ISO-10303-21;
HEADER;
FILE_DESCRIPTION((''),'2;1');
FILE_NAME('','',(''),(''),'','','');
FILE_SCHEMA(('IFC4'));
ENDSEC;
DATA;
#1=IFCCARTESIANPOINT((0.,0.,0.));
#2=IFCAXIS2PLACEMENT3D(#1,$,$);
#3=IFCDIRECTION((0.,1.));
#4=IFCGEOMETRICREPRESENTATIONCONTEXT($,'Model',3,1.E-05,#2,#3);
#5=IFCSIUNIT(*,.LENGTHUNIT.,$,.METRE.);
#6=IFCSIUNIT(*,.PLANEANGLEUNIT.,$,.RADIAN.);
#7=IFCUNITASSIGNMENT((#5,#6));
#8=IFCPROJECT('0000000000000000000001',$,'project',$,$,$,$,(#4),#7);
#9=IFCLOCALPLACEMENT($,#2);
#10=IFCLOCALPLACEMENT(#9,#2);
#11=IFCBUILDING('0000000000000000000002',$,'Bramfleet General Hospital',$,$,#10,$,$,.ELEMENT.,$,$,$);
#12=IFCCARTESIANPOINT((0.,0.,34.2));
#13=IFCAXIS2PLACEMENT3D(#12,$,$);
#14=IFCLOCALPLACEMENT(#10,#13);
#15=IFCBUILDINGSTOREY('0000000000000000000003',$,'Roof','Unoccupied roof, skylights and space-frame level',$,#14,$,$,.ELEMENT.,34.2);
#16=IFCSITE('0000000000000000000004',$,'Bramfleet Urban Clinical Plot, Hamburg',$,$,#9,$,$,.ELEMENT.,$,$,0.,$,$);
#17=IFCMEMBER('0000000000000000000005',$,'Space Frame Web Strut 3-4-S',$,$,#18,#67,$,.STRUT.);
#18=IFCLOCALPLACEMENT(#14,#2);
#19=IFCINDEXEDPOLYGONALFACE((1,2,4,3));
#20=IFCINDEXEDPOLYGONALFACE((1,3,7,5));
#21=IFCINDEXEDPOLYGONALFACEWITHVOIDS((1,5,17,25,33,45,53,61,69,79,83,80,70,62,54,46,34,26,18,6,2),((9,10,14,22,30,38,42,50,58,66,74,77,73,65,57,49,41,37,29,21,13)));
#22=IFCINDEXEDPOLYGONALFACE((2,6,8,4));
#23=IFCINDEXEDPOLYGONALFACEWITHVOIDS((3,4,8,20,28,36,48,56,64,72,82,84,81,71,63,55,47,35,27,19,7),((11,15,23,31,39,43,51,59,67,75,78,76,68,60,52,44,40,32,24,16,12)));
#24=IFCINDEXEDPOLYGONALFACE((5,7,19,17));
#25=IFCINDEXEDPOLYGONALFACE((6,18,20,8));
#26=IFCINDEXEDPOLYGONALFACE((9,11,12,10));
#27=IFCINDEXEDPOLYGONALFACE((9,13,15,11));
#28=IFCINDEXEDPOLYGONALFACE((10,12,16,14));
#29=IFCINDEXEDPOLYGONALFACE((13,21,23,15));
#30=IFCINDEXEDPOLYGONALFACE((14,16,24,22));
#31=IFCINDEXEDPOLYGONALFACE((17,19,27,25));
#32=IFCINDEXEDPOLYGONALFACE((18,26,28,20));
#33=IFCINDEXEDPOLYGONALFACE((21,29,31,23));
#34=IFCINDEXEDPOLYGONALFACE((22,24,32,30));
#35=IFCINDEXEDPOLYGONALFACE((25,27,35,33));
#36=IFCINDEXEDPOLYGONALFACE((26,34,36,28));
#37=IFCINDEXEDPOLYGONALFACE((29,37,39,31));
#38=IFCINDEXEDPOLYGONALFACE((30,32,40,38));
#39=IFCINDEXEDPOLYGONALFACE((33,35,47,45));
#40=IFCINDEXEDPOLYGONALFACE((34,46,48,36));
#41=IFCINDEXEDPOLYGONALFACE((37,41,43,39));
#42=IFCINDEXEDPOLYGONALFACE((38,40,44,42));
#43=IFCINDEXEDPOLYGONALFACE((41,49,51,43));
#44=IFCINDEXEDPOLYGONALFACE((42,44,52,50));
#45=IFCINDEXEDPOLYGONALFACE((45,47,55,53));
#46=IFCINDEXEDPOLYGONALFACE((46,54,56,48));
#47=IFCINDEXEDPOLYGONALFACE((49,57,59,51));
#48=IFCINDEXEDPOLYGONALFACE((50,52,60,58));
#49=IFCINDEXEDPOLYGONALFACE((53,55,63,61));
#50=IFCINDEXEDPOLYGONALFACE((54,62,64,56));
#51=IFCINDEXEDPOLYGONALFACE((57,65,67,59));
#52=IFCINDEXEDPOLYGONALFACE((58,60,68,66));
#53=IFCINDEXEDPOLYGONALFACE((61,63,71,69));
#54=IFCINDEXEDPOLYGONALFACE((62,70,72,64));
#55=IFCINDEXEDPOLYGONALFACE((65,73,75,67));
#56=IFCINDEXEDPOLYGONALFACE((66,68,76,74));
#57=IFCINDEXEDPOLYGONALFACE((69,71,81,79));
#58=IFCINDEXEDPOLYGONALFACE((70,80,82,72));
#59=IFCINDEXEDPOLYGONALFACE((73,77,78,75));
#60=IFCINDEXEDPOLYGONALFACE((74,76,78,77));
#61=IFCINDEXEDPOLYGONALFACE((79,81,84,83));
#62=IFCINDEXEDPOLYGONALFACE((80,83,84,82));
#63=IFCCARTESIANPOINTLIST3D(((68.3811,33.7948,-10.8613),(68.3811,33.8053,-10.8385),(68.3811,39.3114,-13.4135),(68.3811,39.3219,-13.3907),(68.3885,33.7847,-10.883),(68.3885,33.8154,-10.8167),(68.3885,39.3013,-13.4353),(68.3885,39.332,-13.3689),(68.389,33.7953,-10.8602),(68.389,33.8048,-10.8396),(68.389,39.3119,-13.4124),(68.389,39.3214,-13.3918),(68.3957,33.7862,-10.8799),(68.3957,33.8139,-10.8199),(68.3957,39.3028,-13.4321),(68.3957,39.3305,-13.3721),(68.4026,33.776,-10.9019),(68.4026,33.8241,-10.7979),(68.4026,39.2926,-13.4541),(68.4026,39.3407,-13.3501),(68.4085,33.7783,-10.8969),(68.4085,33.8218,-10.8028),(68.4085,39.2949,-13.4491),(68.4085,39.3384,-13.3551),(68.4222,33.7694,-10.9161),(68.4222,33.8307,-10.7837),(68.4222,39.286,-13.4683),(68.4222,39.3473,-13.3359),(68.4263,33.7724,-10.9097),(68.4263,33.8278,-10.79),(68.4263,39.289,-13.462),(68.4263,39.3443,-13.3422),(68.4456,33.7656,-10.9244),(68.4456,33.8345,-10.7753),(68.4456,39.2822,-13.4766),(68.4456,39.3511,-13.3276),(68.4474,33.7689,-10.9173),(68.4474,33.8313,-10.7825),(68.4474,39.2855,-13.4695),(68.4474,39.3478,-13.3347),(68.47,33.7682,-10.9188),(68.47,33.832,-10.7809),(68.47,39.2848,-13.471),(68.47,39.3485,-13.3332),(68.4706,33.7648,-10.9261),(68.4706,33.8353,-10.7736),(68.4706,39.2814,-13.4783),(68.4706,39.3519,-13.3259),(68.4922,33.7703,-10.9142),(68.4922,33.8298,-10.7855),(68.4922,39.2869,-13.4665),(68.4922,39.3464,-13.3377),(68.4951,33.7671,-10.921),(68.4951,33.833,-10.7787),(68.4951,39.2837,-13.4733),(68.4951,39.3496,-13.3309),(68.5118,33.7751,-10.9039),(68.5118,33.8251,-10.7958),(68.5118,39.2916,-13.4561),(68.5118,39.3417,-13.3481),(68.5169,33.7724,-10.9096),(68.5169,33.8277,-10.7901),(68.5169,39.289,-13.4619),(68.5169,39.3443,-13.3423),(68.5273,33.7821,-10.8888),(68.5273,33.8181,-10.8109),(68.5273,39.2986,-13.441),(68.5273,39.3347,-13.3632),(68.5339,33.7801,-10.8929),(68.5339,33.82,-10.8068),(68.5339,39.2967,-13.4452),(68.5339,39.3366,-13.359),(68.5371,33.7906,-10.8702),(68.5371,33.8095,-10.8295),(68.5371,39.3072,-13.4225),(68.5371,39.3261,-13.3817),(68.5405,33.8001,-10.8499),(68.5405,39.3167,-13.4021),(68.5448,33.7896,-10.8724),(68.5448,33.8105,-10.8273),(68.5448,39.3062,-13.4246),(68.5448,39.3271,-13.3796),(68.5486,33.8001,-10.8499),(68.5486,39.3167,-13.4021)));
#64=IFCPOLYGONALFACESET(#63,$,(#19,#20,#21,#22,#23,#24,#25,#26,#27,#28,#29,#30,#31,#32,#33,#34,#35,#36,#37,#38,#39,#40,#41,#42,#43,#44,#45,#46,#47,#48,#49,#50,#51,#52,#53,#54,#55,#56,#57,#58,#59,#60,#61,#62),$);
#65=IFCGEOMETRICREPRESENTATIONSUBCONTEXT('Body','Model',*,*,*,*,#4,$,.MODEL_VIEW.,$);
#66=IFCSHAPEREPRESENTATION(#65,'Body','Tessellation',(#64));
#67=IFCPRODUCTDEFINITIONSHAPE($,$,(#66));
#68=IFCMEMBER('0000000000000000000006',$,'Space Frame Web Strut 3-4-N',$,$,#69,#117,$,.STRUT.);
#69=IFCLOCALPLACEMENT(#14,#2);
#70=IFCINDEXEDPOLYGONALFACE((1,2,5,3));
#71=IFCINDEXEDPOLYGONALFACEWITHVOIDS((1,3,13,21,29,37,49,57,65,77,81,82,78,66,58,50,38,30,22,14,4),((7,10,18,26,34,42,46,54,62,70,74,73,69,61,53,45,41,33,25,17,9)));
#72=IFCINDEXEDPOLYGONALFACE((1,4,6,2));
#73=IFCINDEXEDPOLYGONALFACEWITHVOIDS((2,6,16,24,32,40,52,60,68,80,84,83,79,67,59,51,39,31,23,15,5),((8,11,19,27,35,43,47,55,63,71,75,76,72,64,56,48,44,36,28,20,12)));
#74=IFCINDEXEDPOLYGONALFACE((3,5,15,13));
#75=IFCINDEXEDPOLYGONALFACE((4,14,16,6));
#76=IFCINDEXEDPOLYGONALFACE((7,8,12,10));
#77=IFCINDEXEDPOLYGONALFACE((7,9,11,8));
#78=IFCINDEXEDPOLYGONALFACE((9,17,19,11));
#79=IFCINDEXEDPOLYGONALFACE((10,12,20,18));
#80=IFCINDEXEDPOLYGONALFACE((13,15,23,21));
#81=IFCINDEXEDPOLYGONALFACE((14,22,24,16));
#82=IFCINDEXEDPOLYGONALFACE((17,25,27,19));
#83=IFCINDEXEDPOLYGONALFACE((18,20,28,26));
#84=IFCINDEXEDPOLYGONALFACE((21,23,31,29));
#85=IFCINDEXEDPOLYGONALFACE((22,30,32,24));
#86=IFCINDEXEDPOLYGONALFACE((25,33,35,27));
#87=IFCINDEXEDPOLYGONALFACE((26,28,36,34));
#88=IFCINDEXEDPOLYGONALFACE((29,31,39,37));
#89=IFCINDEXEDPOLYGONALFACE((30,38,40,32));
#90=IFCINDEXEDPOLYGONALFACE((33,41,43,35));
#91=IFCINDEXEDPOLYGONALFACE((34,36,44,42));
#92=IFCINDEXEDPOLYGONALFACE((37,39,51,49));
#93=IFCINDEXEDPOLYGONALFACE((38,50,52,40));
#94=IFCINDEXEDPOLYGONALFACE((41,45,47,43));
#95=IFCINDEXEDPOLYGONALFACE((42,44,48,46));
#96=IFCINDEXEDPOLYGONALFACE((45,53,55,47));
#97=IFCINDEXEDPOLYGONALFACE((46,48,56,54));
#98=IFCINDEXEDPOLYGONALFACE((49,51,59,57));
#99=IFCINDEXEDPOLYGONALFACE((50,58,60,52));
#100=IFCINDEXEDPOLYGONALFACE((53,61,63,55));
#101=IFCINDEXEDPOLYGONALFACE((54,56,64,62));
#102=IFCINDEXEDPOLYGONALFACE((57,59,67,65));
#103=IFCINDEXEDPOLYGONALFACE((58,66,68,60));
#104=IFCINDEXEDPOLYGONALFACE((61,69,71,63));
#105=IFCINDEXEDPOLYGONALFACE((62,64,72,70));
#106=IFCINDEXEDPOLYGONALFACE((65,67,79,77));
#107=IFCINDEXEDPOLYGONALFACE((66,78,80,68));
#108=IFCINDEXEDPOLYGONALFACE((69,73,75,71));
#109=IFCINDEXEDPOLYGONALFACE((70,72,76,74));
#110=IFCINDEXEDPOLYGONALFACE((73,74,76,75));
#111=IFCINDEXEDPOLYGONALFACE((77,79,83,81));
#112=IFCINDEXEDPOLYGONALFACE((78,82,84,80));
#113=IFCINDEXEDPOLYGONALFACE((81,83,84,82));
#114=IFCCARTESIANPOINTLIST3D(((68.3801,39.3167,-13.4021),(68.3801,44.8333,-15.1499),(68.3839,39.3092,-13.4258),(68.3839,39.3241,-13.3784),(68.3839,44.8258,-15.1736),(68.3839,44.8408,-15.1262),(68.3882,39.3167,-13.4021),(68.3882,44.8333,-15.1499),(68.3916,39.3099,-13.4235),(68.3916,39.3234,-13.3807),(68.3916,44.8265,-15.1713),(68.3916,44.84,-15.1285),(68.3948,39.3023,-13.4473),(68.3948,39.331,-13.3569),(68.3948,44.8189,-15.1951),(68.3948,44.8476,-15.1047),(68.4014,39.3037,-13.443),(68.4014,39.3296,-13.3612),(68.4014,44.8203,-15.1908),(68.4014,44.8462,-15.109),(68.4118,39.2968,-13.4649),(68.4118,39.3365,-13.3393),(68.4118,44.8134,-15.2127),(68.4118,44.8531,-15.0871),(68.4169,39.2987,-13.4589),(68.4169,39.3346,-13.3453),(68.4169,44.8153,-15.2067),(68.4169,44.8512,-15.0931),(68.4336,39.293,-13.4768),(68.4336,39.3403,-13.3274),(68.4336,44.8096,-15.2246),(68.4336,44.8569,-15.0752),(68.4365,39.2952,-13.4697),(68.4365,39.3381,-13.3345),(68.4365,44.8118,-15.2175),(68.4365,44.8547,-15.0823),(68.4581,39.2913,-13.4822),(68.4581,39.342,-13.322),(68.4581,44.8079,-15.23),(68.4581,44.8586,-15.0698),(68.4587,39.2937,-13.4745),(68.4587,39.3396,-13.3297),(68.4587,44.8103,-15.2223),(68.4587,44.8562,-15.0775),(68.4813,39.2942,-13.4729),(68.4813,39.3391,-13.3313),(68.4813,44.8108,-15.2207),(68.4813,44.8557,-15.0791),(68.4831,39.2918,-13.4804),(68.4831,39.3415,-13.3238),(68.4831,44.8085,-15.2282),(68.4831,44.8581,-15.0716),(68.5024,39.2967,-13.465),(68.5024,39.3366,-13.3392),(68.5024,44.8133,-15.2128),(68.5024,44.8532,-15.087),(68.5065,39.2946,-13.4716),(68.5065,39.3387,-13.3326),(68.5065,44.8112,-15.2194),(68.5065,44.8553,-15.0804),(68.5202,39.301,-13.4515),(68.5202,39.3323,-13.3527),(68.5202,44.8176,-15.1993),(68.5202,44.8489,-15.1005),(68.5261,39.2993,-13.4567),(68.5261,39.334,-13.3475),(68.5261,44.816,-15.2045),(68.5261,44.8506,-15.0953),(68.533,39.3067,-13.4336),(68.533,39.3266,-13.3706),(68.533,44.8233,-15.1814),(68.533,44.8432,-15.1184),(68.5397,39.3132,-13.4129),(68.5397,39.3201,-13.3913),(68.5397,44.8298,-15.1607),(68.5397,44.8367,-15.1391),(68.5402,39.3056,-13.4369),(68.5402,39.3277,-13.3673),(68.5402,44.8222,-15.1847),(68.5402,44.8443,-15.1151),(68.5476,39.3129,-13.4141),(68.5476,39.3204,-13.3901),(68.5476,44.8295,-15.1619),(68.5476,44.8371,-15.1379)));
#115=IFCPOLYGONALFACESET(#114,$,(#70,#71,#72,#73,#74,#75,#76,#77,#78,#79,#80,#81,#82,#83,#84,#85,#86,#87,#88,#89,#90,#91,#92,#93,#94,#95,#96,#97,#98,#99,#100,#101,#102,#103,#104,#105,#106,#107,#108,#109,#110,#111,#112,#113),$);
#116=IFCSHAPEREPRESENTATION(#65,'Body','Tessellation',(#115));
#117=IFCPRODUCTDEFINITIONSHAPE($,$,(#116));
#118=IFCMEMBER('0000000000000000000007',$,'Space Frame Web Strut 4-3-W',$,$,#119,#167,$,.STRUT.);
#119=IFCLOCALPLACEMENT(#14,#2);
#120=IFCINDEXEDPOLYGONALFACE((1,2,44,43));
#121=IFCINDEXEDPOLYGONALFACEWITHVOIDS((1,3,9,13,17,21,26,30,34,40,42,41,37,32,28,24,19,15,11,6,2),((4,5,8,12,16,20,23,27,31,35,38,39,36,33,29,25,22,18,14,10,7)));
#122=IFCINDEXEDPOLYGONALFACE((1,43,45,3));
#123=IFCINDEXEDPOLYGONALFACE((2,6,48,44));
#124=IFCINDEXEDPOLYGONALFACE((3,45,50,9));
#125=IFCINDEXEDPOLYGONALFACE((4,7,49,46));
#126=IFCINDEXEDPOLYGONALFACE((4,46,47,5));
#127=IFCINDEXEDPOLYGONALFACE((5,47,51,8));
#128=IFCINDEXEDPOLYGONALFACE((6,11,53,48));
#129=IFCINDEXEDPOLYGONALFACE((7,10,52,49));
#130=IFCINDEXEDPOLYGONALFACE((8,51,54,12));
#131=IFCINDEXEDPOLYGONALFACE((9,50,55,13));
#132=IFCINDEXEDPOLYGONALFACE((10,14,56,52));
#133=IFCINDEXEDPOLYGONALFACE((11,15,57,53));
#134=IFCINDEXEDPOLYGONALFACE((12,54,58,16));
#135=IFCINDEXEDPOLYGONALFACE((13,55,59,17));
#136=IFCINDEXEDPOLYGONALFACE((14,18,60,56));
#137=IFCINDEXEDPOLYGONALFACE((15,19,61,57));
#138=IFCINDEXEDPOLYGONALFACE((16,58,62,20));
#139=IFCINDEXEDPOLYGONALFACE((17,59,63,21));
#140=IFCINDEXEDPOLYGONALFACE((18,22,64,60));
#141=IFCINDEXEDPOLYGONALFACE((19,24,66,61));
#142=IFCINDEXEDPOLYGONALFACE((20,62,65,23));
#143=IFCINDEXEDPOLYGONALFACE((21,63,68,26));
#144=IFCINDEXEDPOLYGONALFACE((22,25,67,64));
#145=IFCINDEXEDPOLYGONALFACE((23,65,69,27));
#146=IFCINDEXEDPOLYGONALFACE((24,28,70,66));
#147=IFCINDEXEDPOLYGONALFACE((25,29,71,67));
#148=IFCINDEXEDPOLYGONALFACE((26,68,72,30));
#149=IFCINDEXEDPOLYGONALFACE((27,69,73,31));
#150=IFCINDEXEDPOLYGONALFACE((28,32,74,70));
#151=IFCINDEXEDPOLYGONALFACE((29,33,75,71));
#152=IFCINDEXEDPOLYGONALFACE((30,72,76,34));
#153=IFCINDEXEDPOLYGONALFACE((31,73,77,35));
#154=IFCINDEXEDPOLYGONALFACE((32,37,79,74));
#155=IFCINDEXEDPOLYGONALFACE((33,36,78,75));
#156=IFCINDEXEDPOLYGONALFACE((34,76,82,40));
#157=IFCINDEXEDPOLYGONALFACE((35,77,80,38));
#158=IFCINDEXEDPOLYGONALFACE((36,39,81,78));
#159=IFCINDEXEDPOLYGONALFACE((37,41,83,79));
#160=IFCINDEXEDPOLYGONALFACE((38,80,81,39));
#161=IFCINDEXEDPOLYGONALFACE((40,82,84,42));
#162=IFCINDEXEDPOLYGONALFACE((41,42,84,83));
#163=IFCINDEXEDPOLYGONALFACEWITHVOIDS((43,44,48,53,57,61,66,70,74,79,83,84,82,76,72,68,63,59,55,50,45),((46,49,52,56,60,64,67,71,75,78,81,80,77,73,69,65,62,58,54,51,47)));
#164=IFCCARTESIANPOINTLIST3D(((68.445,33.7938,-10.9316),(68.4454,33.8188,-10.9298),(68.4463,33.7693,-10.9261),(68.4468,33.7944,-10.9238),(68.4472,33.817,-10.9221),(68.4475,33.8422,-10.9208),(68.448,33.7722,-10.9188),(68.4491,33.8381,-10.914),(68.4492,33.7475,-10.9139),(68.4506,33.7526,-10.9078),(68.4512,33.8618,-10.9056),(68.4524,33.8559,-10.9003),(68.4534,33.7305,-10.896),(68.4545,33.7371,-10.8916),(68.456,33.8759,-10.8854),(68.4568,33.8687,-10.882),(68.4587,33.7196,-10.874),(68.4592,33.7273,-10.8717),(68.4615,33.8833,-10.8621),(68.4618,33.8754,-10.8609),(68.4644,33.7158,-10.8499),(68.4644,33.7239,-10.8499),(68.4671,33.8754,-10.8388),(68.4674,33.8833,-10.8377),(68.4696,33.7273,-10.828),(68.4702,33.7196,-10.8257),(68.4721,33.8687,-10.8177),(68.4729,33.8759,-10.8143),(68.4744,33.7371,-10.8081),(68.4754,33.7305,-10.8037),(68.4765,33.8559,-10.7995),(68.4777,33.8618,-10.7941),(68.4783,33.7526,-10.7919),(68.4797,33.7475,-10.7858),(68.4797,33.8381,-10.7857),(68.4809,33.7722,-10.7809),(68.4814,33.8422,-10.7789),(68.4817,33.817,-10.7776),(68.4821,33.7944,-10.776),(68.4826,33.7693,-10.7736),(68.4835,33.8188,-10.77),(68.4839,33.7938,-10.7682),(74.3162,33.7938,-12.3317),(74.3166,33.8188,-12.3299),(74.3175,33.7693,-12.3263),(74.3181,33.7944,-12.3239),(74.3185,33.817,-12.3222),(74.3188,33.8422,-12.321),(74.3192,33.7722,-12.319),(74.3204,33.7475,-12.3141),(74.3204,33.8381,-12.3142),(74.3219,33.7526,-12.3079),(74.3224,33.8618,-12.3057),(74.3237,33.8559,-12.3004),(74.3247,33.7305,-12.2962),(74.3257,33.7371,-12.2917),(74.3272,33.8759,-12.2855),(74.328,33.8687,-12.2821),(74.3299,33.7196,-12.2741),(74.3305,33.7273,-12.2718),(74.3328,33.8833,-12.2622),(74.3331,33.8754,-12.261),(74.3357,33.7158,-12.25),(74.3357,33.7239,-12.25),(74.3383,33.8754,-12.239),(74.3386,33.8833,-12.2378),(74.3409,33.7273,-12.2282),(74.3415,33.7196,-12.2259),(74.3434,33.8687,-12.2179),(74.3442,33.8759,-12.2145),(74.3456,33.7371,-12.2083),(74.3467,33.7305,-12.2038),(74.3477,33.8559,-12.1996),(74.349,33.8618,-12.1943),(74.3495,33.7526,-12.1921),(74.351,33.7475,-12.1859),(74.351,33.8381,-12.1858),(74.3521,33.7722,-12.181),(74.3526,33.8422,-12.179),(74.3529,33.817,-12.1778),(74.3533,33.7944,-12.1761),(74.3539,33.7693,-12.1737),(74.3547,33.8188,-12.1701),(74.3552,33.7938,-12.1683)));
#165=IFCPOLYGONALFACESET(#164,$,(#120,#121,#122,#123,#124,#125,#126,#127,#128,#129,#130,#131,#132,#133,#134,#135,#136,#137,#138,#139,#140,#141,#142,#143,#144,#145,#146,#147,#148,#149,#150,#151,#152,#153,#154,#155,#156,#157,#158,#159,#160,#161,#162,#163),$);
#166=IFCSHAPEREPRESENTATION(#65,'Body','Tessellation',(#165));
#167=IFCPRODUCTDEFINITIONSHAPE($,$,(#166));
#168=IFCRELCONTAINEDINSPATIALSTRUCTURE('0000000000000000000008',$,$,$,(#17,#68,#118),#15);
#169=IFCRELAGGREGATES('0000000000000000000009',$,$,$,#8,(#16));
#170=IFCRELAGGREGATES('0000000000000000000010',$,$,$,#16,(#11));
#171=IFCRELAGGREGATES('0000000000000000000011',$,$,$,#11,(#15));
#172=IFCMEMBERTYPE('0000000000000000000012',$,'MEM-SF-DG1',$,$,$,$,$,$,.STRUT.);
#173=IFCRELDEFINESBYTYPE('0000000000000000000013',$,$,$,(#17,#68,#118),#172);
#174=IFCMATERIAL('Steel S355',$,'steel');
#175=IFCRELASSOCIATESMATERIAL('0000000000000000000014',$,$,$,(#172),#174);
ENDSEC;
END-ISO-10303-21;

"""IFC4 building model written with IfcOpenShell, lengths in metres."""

from ifc_helpers import new_model, si_unit, direction, frame, origin, origin_2d, place, context, subcontext, project, spatial, hollow_circle, extrude, material, material_profile, profile_set, type_object, element, save


model = new_model("IFC4")

# Units and contexts
model_context = context("Model", 3, precision=1e-05, world=origin(), true_north=direction((0.0, 1.0)))
body_context = subcontext(model_context, "Body", "Model", "MODEL_VIEW")
ifc_project = project(units=[si_unit("LENGTHUNIT", "METRE"), si_unit("PLANEANGLEUNIT", "RADIAN")], contexts=[model_context])

# Site, building, storey
site_placement = place(None, origin())
site = spatial("IfcSite", under=ifc_project, at=site_placement, Name="Bramfleet Urban Clinical Plot, Hamburg", CompositionType="ELEMENT", RefElevation=0.0)
building_placement = place(site_placement, origin())
building = spatial("IfcBuilding", under=site, at=building_placement, Name="Bramfleet General Hospital", CompositionType="ELEMENT")
storey_placement = place(building_placement, frame((0.0, 0.0, 34.2)))
storey = spatial("IfcBuildingStorey", under=building, at=storey_placement, Name="Roof", Description="Unoccupied roof, skylights and space-frame level", CompositionType="ELEMENT", Elevation=34.2)

# Members
ifc_material = material(Name="Steel S355", Category="steel")
ifc_material_profile_1 = material_profile(ifc_material, hollow_circle(Radius=0.0842, WallThickness=0.0081, at=origin_2d()), Name="CHS 168.3x8.0")
ifc_profile_set_1 = profile_set([ifc_material_profile_1], Name="Steel S355")
member_type_1 = type_object("IfcMemberType", Name="MEM-SF-DG1", PredefinedType="STRUT", material=ifc_profile_set_1)
member_1_placement = place(storey_placement, frame((68.4644, 39.3167, -13.4021), z_axis=(0.0, -0.907576, 0.419888), x_axis=(1.0, 0.0, 0.0)))
element("IfcMember", 1, at=member_1_placement, inside=storey, type_object=member_type_1, Name="Space Frame Web Strut 3-4-S", PredefinedType="STRUT", context=body_context, shape_type="SweptSolid", body=[
    extrude(hollow_circle(Radius=0.0842, WallThickness=0.0081, at=origin_2d()), origin(), (0.0, 0.0, 1.0), 6.0784),
])
member_2_placement = place(storey_placement, frame((68.4644, 39.3167, -13.4021), z_axis=(0.0, 0.953299, -0.30203), x_axis=(-1.0, 0.0, 0.0)))
element("IfcMember", 2, at=member_2_placement, inside=storey, type_object=member_type_1, Name="Space Frame Web Strut 3-4-N", PredefinedType="STRUT", context=body_context, shape_type="SweptSolid", body=[
    extrude(hollow_circle(Radius=0.0842, WallThickness=0.0081, at=origin_2d()), origin(), (0.0, 0.0, 1.0), 5.7869),
])
for number, where, z_axis, x_axis, name in (
    (3, (74.3357, 33.8, -12.25), (-0.972724, 0.0, 0.231967), (0.0, -1.0, 0.0), "Space Frame Web Strut 4-3-W"),
):
    element("IfcMember", number, at=place(storey_placement, frame(where, z_axis=z_axis, x_axis=x_axis)), inside=storey, type_object=member_type_1, Name=name, PredefinedType="STRUT", context=body_context, shape_type="SweptSolid", body=[
        extrude(hollow_circle(Radius=0.0842, WallThickness=0.0081, at=origin_2d()), origin(), (0.0, 0.0, 1.0), 6.0359),
    ])

save(model, "model.ifc")
